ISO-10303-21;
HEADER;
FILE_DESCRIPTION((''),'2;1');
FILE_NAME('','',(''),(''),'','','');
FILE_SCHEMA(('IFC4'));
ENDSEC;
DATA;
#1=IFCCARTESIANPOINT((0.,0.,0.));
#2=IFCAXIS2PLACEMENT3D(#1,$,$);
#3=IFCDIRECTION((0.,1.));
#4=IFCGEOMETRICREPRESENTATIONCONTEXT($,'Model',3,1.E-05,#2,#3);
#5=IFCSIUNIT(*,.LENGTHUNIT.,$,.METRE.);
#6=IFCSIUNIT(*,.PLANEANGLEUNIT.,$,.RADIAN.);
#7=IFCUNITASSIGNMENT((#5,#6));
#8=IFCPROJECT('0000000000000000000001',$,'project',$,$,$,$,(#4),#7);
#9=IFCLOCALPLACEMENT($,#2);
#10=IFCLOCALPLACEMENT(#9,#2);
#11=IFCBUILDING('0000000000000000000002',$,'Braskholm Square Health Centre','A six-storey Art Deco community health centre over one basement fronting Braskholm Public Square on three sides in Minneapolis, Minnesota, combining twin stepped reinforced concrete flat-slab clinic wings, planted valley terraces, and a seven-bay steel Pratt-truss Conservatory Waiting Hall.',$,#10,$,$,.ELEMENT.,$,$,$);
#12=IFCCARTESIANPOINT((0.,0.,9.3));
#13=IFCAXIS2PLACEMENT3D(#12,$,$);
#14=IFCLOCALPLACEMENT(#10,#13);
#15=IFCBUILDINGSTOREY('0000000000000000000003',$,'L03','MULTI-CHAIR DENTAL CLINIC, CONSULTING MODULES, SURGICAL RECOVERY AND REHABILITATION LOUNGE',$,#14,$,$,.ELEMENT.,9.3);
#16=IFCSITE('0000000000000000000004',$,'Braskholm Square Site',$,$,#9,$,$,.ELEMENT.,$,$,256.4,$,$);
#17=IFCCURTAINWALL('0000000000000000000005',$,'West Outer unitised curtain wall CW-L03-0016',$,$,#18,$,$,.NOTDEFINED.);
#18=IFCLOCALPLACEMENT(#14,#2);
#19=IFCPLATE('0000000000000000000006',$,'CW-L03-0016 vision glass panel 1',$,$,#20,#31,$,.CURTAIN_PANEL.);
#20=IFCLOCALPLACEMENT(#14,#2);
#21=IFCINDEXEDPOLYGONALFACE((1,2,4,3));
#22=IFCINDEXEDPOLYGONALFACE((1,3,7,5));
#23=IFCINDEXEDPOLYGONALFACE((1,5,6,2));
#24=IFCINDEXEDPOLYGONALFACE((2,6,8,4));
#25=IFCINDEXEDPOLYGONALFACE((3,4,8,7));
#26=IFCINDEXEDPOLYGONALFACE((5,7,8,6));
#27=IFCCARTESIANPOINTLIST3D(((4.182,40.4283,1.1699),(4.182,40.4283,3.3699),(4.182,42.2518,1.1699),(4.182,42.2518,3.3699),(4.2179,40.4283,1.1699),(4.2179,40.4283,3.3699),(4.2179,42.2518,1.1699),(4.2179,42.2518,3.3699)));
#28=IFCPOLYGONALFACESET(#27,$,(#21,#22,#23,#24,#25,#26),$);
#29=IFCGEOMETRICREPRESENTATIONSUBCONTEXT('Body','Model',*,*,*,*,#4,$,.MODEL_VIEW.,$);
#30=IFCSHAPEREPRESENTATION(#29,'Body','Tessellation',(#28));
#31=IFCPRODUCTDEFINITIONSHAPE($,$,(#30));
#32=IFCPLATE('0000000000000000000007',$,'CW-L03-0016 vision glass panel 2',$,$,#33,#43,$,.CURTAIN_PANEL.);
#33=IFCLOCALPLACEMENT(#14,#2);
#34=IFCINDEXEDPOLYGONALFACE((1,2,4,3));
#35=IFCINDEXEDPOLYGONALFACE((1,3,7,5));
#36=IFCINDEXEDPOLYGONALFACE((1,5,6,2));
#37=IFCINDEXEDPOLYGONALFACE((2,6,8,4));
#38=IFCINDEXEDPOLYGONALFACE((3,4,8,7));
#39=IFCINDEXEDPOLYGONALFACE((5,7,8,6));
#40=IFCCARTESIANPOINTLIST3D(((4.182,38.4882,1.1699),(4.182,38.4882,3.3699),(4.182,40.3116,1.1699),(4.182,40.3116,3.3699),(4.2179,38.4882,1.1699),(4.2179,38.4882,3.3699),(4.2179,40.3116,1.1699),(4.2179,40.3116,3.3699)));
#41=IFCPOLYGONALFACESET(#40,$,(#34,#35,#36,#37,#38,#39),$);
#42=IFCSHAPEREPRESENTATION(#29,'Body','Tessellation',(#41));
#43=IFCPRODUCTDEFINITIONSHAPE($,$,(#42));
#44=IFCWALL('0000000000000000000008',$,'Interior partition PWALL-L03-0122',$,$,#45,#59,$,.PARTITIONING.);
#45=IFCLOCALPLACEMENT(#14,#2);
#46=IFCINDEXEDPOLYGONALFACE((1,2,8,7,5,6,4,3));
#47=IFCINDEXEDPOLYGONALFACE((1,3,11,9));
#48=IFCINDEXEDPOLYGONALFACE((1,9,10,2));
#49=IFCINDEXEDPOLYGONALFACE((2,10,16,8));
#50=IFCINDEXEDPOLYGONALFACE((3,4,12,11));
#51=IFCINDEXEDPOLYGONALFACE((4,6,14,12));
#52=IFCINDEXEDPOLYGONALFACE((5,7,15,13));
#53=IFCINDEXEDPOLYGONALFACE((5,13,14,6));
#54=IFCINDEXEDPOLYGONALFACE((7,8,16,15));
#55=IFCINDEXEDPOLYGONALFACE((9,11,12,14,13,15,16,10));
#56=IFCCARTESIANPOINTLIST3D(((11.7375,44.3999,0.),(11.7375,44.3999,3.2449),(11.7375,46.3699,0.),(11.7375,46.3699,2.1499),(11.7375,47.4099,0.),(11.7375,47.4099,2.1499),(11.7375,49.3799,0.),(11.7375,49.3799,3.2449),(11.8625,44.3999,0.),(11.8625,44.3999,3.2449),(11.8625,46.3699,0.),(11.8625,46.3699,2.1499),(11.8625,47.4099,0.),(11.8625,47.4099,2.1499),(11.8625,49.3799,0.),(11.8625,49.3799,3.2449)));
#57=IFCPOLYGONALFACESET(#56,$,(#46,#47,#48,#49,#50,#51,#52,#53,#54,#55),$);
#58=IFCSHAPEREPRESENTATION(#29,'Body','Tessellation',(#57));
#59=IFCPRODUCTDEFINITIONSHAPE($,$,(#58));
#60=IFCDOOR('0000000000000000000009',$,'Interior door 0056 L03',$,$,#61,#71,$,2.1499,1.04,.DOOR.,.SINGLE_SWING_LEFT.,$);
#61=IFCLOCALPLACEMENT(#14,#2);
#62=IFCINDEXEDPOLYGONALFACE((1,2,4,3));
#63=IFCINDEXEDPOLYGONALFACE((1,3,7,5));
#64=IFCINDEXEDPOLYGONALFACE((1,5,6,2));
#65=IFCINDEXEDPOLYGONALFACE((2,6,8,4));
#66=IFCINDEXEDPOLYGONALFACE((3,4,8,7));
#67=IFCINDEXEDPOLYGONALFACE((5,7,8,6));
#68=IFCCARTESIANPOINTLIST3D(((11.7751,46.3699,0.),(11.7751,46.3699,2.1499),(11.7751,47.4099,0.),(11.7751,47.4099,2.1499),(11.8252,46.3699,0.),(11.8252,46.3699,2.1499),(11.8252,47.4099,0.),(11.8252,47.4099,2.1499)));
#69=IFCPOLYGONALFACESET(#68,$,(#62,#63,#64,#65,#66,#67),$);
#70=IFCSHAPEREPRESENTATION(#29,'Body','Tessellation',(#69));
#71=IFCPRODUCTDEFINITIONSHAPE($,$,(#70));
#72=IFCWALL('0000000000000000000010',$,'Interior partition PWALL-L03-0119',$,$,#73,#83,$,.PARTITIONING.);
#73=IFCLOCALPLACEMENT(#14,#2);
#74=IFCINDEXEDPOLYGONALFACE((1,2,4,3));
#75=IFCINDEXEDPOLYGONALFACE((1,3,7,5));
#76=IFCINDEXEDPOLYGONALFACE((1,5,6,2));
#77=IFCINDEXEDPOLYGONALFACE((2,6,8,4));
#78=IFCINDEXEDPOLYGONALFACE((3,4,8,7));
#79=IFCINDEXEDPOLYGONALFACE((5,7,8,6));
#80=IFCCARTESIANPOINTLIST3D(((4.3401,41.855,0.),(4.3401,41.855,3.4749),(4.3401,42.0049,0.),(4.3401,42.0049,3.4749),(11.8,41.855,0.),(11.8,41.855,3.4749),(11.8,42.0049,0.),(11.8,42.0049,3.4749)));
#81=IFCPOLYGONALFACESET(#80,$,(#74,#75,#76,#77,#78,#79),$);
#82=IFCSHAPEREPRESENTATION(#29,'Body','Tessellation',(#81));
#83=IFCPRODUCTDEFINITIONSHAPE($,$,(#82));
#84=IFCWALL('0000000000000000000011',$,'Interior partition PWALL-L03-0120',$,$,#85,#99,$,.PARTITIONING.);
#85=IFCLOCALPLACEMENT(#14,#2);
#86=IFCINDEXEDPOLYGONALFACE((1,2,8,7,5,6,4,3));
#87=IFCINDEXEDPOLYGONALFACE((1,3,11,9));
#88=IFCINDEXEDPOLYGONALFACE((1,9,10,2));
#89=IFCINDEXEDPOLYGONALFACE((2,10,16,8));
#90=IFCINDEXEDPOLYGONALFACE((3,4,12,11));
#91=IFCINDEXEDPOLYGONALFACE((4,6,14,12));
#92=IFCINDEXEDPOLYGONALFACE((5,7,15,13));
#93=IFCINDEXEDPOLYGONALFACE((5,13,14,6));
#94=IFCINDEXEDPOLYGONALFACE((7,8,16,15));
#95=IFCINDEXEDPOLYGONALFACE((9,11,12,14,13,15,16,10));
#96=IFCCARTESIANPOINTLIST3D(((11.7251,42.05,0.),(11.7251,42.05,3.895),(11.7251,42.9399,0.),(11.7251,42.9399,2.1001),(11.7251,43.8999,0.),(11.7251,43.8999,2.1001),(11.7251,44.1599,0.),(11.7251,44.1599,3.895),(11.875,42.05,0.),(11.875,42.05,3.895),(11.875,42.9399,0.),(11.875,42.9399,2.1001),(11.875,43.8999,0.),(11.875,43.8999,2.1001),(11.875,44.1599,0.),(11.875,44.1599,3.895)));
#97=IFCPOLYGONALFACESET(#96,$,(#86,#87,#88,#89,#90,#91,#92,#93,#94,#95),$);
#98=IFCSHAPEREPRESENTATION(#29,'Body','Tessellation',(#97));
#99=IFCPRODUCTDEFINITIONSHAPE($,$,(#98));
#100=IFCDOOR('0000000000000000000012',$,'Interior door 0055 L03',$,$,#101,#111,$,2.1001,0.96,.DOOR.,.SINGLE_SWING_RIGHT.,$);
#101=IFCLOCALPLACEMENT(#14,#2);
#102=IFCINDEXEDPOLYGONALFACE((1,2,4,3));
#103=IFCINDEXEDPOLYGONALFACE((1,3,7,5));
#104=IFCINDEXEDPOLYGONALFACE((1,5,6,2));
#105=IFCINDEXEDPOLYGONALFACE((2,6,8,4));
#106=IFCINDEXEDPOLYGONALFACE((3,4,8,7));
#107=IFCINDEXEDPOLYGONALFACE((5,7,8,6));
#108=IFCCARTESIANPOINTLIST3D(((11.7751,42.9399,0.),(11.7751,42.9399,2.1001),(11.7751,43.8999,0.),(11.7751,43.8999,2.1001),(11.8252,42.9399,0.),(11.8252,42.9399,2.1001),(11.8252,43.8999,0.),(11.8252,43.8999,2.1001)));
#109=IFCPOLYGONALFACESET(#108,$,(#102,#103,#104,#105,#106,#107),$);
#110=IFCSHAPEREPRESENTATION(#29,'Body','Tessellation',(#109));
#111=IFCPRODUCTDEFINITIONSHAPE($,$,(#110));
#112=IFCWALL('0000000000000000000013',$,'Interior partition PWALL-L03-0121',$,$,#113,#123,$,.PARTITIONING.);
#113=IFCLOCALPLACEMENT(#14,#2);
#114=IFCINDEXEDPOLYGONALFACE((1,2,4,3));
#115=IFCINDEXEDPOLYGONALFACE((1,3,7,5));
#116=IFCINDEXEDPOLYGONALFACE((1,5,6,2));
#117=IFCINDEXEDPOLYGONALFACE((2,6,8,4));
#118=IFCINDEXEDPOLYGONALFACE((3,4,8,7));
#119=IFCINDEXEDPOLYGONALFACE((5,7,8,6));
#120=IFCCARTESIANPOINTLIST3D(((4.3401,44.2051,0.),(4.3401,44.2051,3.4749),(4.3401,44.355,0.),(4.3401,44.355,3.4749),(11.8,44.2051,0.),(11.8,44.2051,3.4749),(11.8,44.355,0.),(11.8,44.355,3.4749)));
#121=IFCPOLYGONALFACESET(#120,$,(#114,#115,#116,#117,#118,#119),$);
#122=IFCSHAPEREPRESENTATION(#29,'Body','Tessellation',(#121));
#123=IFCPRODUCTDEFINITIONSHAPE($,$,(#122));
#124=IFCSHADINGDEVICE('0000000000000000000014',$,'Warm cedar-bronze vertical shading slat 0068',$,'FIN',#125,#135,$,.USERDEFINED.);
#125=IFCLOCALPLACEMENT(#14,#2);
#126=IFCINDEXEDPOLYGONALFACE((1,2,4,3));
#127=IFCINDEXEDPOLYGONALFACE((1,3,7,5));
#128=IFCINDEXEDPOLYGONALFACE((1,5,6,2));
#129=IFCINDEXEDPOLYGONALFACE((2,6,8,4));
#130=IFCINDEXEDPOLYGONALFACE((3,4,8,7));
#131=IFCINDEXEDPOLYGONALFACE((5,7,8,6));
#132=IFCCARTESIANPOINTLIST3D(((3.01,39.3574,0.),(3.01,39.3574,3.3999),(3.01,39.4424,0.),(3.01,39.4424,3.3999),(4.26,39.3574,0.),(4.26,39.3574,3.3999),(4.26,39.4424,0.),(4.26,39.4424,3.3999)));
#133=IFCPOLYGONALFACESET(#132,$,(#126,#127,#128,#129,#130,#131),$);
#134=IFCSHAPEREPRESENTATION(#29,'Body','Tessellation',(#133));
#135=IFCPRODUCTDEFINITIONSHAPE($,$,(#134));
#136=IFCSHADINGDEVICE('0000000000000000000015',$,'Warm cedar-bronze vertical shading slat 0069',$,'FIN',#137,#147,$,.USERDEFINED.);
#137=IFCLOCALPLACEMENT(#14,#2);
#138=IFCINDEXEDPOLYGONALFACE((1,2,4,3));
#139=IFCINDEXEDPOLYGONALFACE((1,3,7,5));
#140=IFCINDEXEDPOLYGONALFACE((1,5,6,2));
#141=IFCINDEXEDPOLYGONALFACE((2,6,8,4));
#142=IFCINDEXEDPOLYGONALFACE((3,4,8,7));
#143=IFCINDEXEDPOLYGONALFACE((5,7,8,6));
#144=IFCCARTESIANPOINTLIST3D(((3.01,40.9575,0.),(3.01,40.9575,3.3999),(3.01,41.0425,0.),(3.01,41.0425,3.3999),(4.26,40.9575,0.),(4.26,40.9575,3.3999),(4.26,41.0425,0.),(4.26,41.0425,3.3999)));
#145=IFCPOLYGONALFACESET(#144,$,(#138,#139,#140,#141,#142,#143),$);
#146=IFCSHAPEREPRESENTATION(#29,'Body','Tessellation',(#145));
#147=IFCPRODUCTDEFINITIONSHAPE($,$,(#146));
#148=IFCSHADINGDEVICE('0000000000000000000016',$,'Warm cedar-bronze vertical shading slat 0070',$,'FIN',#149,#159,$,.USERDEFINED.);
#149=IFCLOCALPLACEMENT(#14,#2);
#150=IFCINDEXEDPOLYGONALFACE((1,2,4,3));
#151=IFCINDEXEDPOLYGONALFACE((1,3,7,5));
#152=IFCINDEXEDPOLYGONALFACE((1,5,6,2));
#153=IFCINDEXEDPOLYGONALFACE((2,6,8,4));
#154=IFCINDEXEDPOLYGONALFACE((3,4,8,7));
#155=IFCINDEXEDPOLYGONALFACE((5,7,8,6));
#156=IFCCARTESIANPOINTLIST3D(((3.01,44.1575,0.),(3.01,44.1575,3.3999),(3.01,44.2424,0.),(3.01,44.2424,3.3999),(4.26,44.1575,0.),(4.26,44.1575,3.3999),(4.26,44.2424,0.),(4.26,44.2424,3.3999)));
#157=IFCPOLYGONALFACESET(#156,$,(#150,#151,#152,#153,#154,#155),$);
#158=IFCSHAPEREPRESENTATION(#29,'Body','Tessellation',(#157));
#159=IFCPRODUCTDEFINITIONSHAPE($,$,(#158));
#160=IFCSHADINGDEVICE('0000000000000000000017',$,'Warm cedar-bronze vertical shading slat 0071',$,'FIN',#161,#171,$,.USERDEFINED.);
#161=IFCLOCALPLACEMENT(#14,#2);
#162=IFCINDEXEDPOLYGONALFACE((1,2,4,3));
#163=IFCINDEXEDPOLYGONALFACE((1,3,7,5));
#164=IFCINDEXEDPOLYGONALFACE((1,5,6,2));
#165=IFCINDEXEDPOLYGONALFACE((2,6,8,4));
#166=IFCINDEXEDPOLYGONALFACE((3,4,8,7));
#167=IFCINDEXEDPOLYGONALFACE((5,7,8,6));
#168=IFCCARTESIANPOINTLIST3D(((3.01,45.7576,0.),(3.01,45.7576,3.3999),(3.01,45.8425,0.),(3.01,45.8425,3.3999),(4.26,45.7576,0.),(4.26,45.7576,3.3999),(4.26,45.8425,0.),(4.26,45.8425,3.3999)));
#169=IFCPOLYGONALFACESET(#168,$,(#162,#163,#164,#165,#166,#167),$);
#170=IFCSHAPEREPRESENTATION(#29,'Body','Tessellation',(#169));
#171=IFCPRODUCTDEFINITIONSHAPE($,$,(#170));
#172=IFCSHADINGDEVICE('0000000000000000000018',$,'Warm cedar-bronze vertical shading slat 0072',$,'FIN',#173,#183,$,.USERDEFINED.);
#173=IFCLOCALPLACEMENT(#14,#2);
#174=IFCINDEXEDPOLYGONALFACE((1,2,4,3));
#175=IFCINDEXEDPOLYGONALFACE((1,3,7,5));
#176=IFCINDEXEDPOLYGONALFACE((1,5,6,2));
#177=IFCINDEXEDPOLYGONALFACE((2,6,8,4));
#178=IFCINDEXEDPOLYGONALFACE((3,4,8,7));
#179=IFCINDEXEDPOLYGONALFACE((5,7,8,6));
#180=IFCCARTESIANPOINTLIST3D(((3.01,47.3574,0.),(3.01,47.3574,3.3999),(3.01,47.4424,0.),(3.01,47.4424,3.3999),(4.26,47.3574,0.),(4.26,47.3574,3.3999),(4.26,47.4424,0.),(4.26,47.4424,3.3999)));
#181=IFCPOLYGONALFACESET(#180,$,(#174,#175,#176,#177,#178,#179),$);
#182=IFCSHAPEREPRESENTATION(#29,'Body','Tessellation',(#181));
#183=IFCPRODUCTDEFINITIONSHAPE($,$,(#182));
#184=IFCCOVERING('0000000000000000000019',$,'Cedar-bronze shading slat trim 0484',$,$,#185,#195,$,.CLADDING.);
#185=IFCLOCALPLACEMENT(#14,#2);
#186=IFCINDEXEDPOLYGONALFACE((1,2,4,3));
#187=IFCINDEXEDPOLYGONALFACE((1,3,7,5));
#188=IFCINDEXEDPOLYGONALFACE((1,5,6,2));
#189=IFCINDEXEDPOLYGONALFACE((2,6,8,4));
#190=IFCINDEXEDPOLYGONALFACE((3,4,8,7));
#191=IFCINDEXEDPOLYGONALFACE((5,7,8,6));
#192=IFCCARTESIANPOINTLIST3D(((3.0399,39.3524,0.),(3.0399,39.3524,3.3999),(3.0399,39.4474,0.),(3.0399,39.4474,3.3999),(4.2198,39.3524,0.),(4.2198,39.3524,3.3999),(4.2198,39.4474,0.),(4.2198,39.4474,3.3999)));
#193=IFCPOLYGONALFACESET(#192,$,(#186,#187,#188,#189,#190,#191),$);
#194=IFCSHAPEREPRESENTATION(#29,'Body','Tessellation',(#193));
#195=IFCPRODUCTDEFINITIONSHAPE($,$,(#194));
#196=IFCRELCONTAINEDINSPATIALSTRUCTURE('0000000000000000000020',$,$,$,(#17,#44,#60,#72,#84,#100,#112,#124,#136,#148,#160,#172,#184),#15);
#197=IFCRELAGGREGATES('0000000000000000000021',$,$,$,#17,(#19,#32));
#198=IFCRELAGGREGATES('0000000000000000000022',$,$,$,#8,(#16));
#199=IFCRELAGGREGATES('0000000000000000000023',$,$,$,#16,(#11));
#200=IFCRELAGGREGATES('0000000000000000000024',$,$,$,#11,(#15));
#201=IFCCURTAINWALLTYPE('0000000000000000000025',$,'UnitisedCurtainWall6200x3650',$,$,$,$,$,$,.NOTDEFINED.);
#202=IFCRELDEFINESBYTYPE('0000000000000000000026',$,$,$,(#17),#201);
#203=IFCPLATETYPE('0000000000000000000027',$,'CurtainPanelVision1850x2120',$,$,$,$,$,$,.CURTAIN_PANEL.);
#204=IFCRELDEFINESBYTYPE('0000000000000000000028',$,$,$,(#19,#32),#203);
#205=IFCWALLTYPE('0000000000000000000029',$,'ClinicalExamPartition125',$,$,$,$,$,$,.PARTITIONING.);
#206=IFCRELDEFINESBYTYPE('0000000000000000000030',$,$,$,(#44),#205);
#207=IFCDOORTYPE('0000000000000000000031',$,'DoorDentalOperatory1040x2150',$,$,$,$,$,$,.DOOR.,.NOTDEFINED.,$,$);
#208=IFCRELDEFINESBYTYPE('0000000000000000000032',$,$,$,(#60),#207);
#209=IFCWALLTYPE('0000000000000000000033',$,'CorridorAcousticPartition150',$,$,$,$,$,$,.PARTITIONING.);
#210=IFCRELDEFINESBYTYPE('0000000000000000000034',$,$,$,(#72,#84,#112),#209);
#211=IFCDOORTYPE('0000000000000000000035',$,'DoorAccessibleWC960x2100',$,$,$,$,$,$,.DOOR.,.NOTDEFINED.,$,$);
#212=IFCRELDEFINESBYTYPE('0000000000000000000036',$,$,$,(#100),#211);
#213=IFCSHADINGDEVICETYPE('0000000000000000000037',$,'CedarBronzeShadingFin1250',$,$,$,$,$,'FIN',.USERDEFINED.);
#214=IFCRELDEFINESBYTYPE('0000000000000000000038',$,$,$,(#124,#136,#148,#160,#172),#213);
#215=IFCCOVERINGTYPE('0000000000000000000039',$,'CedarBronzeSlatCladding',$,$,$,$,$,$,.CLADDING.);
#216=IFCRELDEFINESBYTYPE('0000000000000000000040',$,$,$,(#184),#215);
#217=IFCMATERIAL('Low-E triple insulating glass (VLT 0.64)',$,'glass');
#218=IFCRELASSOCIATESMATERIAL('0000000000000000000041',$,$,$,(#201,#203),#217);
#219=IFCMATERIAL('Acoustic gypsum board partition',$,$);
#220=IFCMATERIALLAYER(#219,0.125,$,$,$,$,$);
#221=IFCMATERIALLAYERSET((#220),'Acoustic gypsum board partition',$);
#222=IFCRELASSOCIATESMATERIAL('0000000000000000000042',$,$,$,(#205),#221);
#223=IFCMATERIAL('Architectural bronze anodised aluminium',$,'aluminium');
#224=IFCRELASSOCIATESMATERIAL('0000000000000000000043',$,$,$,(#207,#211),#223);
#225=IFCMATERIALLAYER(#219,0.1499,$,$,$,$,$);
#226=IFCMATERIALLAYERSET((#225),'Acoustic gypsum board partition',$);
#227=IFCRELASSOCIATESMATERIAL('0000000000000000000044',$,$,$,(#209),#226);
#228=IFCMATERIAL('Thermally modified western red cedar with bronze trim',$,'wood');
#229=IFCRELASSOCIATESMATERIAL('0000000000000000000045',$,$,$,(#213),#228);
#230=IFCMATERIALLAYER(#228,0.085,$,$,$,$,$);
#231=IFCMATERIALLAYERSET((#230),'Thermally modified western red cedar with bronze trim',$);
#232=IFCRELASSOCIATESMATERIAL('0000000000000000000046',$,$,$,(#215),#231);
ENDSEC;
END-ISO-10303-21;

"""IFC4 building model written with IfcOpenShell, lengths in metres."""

from ifc_helpers import new_model, si_unit, direction, frame, frame_2d, origin, origin_with_axes, origin_2d, place, context, subcontext, project, spatial, rectangle, extrude, material, layer, layer_set, type_object, element, fill, aggregate, save


model = new_model("IFC4")

# Units and contexts
model_context = context("Model", 3, precision=1e-05, world=origin(), true_north=direction((0.0, 1.0)))
body_context = subcontext(model_context, "Body", "Model", "MODEL_VIEW")
ifc_project = project(units=[si_unit("LENGTHUNIT", "METRE"), si_unit("PLANEANGLEUNIT", "RADIAN")], contexts=[model_context])

# Site, building, storey
site_placement = place(None, origin())
site = spatial("IfcSite", under=ifc_project, at=site_placement, Name="Braskholm Square Site", CompositionType="ELEMENT", RefElevation=256.4)
building_placement = place(site_placement, origin())
building = spatial("IfcBuilding", under=site, at=building_placement, Name="Braskholm Square Health Centre", Description="A six-storey Art Deco community health centre over one basement fronting Braskholm Public Square on three sides in Minneapolis, Minnesota, combining twin stepped reinforced concrete flat-slab clinic wings, planted valley terraces, and a seven-bay steel Pratt-truss Conservatory Waiting Hall.", CompositionType="ELEMENT")
storey_placement = place(building_placement, frame((0.0, 0.0, 9.3)))
storey = spatial("IfcBuildingStorey", under=building, at=storey_placement, Name="L03", Description="MULTI-CHAIR DENTAL CLINIC, CONSULTING MODULES, SURGICAL RECOVERY AND REHABILITATION LOUNGE", CompositionType="ELEMENT", Elevation=9.3)

# Curtain wall
ifc_material_1 = material(Name="Low-E triple insulating glass (VLT 0.64)", Category="glass")
curtain_wall_type_1 = type_object("IfcCurtainWallType", Name="UnitisedCurtainWall6200x3650", PredefinedType="NOTDEFINED", material=ifc_material_1)
curtain_wall_1_placement = place(storey_placement, origin())
curtain_wall_1 = element("IfcCurtainWall", 1, at=curtain_wall_1_placement, inside=storey, type_object=curtain_wall_type_1, Name="West Outer unitised curtain wall CW-L03-0016", PredefinedType="NOTDEFINED")
ifc_material_2 = material(Name="Architectural bronze anodised aluminium", Category="aluminium")

# Plates
plate_type_1 = type_object("IfcPlateType", Name="CurtainPanelVision1850x2120", PredefinedType="CURTAIN_PANEL", material=ifc_material_1)
plate_1_placement = place(storey_placement, frame((4.2, 41.3401, 1.1699), z_axis=(0.0, 0.0, 1.0), x_axis=(0.0, -1.0, 0.0)))
plate_1 = element("IfcPlate", 2, at=plate_1_placement, type_object=plate_type_1, Name="CW-L03-0016 vision glass panel 1", PredefinedType="CURTAIN_PANEL", context=body_context, shape_type="SweptSolid", body=[
    extrude(rectangle(XDim=1.8235, YDim=0.0359, at=origin_2d()), origin(), (0.0, 0.0, 1.0), 2.2),
])
plate_2_placement = place(storey_placement, frame((4.2, 39.3999, 1.1699), z_axis=(0.0, 0.0, 1.0), x_axis=(0.0, -1.0, 0.0)))
plate_2 = element("IfcPlate", 3, at=plate_2_placement, type_object=plate_type_1, Name="CW-L03-0016 vision glass panel 2", PredefinedType="CURTAIN_PANEL", context=body_context, shape_type="SweptSolid", body=[
    extrude(rectangle(XDim=1.8235, YDim=0.0359, at=origin_2d()), origin(), (0.0, 0.0, 1.0), 2.2),
])
aggregate(curtain_wall_1, [plate_1, plate_2])

# Wall, opening, door
ifc_material_3 = material(Name="Acoustic gypsum board partition")
ifc_layer_1 = layer(ifc_material_3, 0.125)
ifc_layer_set_1 = layer_set([ifc_layer_1], Name="Acoustic gypsum board partition")
wall_type_1 = type_object("IfcWallType", Name="ClinicalExamPartition125", PredefinedType="PARTITIONING", material=ifc_layer_set_1)
wall_1_placement = place(storey_placement, frame((11.8, 44.3999, 0.0), z_axis=(0.0, 0.0, 1.0), x_axis=(0.0, 1.0, 0.0)))
wall_1 = element("IfcWall", 4, at=wall_1_placement, inside=storey, type_object=wall_type_1, Name="Interior partition PWALL-L03-0122", PredefinedType="PARTITIONING", context=body_context, shape_type="SweptSolid", body=[
    extrude(rectangle(XDim=4.98, YDim=0.125, at=frame_2d((2.49, 0.0))), origin(), (0.0, 0.0, 1.0), 3.2449),
])
opening_1_placement = place(wall_1_placement, frame((1.97, 0.0, 0.0)))
opening_1 = element("IfcOpeningElement", 5, at=opening_1_placement, cuts=wall_1, PredefinedType="OPENING", context=body_context, shape_type="SweptSolid", body=[
    extrude(rectangle(XDim=1.04, YDim=2.1499, at=frame_2d((0.52, 1.075))), frame((0.0, 0.0725, 0.0), z_axis=(0.0, -1.0, 0.0), x_axis=(1.0, 0.0, 0.0)), (0.0, 0.0, 1.0), 0.145),
])
door_type_1 = type_object("IfcDoorType", Name="DoorDentalOperatory1040x2150", OperationType="NOTDEFINED", PredefinedType="DOOR", material=ifc_material_2)
door_1_placement = place(opening_1_placement, origin_with_axes())
door_1 = element("IfcDoor", 6, at=door_1_placement, inside=storey, type_object=door_type_1, Name="Interior door 0056 L03", OperationType="SINGLE_SWING_LEFT", OverallHeight=2.1499, OverallWidth=1.04, PredefinedType="DOOR", context=body_context, shape_type="SweptSolid", body=[
    extrude(rectangle(XDim=1.04, YDim=2.1499, at=frame_2d((0.52, 1.075))), frame((0.0, 0.0249, 0.0), z_axis=(0.0, -1.0, 0.0), x_axis=(1.0, 0.0, 0.0)), (0.0, 0.0, 1.0), 0.05),
])
fill(opening_1, door_1)

# Wall
ifc_layer_2 = layer(ifc_material_3, 0.1499)
ifc_layer_set_2 = layer_set([ifc_layer_2], Name="Acoustic gypsum board partition")
wall_type_2 = type_object("IfcWallType", Name="CorridorAcousticPartition150", PredefinedType="PARTITIONING", material=ifc_layer_set_2)
wall_2_placement = place(storey_placement, frame((4.3401, 41.9299, 0.0), z_axis=(0.0, 0.0, 1.0), x_axis=(1.0, 0.0, 0.0)))
element("IfcWall", 7, at=wall_2_placement, inside=storey, type_object=wall_type_2, Name="Interior partition PWALL-L03-0119", PredefinedType="PARTITIONING", context=body_context, shape_type="SweptSolid", body=[
    extrude(rectangle(XDim=7.46, YDim=0.1499, at=frame_2d((3.73, 0.0))), origin(), (0.0, 0.0, 1.0), 3.4749),
])

# Wall, opening, door
wall_3_placement = place(storey_placement, frame((11.8, 42.05, 0.0), z_axis=(0.0, 0.0, 1.0), x_axis=(0.0, 1.0, 0.0)))
wall_3 = element("IfcWall", 8, at=wall_3_placement, inside=storey, type_object=wall_type_2, Name="Interior partition PWALL-L03-0120", PredefinedType="PARTITIONING", context=body_context, shape_type="SweptSolid", body=[
    extrude(rectangle(XDim=2.1099, YDim=0.1499, at=frame_2d((1.0549, 0.0))), origin(), (0.0, 0.0, 1.0), 3.895),
])
opening_2_placement = place(wall_3_placement, frame((0.8899, 0.0, 0.0)))
opening_2 = element("IfcOpeningElement", 9, at=opening_2_placement, cuts=wall_3, PredefinedType="OPENING", context=body_context, shape_type="SweptSolid", body=[
    extrude(rectangle(XDim=0.96, YDim=2.1001, at=frame_2d((0.48, 1.05))), frame((0.0, 0.085, 0.0), z_axis=(0.0, -1.0, 0.0), x_axis=(1.0, 0.0, 0.0)), (0.0, 0.0, 1.0), 0.1699),
])
door_type_2 = type_object("IfcDoorType", Name="DoorAccessibleWC960x2100", OperationType="NOTDEFINED", PredefinedType="DOOR", material=ifc_material_2)
door_2_placement = place(opening_2_placement, origin_with_axes())
door_2 = element("IfcDoor", 10, at=door_2_placement, inside=storey, type_object=door_type_2, Name="Interior door 0055 L03", OperationType="SINGLE_SWING_RIGHT", OverallHeight=2.1001, OverallWidth=0.96, PredefinedType="DOOR", context=body_context, shape_type="SweptSolid", body=[
    extrude(rectangle(XDim=0.96, YDim=2.1001, at=frame_2d((0.48, 1.05))), frame((0.0, 0.0249, 0.0), z_axis=(0.0, -1.0, 0.0), x_axis=(1.0, 0.0, 0.0)), (0.0, 0.0, 1.0), 0.05),
])
fill(opening_2, door_2)

# Wall
wall_4_placement = place(storey_placement, frame((4.3401, 44.28, 0.0), z_axis=(0.0, 0.0, 1.0), x_axis=(1.0, 0.0, 0.0)))
element("IfcWall", 11, at=wall_4_placement, inside=storey, type_object=wall_type_2, Name="Interior partition PWALL-L03-0121", PredefinedType="PARTITIONING", context=body_context, shape_type="SweptSolid", body=[
    extrude(rectangle(XDim=7.46, YDim=0.1499, at=frame_2d((3.73, 0.0))), origin(), (0.0, 0.0, 1.0), 3.4749),
])

# Shading devices
ifc_material_4 = material(Name="Thermally modified western red cedar with bronze trim", Category="wood")
shading_device_type = type_object("IfcShadingDeviceType", Name="CedarBronzeShadingFin1250", ElementType="FIN", PredefinedType="USERDEFINED", material=ifc_material_4)
for number, where, z_axis, x_axis, name in (
    (12, (3.635, 39.3999, 0.0), (0.0, 0.0, 1.0), (1.0, 0.0, 0.0), "Warm cedar-bronze vertical shading slat 0068"),
    (13, (3.635, 41.0, 0.0), (0.0, 0.0, 1.0), (1.0, 0.0, 0.0), "Warm cedar-bronze vertical shading slat 0069"),
    (14, (3.635, 44.2, 0.0), (0.0, 0.0, 1.0), (1.0, 0.0, 0.0), "Warm cedar-bronze vertical shading slat 0070"),
    (15, (3.635, 45.8, 0.0), (0.0, 0.0, 1.0), (1.0, 0.0, 0.0), "Warm cedar-bronze vertical shading slat 0071"),
    (16, (3.635, 47.3999, 0.0), (0.0, 0.0, 1.0), (1.0, 0.0, 0.0), "Warm cedar-bronze vertical shading slat 0072"),
):
    element("IfcShadingDevice", number, at=place(storey_placement, frame(where, z_axis=z_axis, x_axis=x_axis)), inside=storey, type_object=shading_device_type, Name=name, ObjectType="FIN", PredefinedType="USERDEFINED", context=body_context, shape_type="SweptSolid", body=[
        extrude(rectangle(XDim=1.25, YDim=0.085, at=origin_2d()), origin(), (0.0, 0.0, 1.0), 3.3999),
    ])

# Covering
ifc_layer_3 = layer(ifc_material_4, 0.085)
ifc_layer_set_3 = layer_set([ifc_layer_3], Name="Thermally modified western red cedar with bronze trim")
covering_type_1 = type_object("IfcCoveringType", Name="CedarBronzeSlatCladding", PredefinedType="CLADDING", material=ifc_layer_set_3)
for number, where, z_axis, x_axis, name in (
    (17, (3.6299, 39.3999, 0.0), (0.0, 0.0, 1.0), (1.0, 0.0, 0.0), "Cedar-bronze shading slat trim 0484"),
):
    element("IfcCovering", number, at=place(storey_placement, frame(where, z_axis=z_axis, x_axis=x_axis)), inside=storey, type_object=covering_type_1, Name=name, PredefinedType="CLADDING", context=body_context, shape_type="SweptSolid", body=[
        extrude(rectangle(XDim=1.1799, YDim=0.095, at=origin_2d()), origin(), (0.0, 0.0, 1.0), 3.3999),
    ])

save(model, "model.ifc")
